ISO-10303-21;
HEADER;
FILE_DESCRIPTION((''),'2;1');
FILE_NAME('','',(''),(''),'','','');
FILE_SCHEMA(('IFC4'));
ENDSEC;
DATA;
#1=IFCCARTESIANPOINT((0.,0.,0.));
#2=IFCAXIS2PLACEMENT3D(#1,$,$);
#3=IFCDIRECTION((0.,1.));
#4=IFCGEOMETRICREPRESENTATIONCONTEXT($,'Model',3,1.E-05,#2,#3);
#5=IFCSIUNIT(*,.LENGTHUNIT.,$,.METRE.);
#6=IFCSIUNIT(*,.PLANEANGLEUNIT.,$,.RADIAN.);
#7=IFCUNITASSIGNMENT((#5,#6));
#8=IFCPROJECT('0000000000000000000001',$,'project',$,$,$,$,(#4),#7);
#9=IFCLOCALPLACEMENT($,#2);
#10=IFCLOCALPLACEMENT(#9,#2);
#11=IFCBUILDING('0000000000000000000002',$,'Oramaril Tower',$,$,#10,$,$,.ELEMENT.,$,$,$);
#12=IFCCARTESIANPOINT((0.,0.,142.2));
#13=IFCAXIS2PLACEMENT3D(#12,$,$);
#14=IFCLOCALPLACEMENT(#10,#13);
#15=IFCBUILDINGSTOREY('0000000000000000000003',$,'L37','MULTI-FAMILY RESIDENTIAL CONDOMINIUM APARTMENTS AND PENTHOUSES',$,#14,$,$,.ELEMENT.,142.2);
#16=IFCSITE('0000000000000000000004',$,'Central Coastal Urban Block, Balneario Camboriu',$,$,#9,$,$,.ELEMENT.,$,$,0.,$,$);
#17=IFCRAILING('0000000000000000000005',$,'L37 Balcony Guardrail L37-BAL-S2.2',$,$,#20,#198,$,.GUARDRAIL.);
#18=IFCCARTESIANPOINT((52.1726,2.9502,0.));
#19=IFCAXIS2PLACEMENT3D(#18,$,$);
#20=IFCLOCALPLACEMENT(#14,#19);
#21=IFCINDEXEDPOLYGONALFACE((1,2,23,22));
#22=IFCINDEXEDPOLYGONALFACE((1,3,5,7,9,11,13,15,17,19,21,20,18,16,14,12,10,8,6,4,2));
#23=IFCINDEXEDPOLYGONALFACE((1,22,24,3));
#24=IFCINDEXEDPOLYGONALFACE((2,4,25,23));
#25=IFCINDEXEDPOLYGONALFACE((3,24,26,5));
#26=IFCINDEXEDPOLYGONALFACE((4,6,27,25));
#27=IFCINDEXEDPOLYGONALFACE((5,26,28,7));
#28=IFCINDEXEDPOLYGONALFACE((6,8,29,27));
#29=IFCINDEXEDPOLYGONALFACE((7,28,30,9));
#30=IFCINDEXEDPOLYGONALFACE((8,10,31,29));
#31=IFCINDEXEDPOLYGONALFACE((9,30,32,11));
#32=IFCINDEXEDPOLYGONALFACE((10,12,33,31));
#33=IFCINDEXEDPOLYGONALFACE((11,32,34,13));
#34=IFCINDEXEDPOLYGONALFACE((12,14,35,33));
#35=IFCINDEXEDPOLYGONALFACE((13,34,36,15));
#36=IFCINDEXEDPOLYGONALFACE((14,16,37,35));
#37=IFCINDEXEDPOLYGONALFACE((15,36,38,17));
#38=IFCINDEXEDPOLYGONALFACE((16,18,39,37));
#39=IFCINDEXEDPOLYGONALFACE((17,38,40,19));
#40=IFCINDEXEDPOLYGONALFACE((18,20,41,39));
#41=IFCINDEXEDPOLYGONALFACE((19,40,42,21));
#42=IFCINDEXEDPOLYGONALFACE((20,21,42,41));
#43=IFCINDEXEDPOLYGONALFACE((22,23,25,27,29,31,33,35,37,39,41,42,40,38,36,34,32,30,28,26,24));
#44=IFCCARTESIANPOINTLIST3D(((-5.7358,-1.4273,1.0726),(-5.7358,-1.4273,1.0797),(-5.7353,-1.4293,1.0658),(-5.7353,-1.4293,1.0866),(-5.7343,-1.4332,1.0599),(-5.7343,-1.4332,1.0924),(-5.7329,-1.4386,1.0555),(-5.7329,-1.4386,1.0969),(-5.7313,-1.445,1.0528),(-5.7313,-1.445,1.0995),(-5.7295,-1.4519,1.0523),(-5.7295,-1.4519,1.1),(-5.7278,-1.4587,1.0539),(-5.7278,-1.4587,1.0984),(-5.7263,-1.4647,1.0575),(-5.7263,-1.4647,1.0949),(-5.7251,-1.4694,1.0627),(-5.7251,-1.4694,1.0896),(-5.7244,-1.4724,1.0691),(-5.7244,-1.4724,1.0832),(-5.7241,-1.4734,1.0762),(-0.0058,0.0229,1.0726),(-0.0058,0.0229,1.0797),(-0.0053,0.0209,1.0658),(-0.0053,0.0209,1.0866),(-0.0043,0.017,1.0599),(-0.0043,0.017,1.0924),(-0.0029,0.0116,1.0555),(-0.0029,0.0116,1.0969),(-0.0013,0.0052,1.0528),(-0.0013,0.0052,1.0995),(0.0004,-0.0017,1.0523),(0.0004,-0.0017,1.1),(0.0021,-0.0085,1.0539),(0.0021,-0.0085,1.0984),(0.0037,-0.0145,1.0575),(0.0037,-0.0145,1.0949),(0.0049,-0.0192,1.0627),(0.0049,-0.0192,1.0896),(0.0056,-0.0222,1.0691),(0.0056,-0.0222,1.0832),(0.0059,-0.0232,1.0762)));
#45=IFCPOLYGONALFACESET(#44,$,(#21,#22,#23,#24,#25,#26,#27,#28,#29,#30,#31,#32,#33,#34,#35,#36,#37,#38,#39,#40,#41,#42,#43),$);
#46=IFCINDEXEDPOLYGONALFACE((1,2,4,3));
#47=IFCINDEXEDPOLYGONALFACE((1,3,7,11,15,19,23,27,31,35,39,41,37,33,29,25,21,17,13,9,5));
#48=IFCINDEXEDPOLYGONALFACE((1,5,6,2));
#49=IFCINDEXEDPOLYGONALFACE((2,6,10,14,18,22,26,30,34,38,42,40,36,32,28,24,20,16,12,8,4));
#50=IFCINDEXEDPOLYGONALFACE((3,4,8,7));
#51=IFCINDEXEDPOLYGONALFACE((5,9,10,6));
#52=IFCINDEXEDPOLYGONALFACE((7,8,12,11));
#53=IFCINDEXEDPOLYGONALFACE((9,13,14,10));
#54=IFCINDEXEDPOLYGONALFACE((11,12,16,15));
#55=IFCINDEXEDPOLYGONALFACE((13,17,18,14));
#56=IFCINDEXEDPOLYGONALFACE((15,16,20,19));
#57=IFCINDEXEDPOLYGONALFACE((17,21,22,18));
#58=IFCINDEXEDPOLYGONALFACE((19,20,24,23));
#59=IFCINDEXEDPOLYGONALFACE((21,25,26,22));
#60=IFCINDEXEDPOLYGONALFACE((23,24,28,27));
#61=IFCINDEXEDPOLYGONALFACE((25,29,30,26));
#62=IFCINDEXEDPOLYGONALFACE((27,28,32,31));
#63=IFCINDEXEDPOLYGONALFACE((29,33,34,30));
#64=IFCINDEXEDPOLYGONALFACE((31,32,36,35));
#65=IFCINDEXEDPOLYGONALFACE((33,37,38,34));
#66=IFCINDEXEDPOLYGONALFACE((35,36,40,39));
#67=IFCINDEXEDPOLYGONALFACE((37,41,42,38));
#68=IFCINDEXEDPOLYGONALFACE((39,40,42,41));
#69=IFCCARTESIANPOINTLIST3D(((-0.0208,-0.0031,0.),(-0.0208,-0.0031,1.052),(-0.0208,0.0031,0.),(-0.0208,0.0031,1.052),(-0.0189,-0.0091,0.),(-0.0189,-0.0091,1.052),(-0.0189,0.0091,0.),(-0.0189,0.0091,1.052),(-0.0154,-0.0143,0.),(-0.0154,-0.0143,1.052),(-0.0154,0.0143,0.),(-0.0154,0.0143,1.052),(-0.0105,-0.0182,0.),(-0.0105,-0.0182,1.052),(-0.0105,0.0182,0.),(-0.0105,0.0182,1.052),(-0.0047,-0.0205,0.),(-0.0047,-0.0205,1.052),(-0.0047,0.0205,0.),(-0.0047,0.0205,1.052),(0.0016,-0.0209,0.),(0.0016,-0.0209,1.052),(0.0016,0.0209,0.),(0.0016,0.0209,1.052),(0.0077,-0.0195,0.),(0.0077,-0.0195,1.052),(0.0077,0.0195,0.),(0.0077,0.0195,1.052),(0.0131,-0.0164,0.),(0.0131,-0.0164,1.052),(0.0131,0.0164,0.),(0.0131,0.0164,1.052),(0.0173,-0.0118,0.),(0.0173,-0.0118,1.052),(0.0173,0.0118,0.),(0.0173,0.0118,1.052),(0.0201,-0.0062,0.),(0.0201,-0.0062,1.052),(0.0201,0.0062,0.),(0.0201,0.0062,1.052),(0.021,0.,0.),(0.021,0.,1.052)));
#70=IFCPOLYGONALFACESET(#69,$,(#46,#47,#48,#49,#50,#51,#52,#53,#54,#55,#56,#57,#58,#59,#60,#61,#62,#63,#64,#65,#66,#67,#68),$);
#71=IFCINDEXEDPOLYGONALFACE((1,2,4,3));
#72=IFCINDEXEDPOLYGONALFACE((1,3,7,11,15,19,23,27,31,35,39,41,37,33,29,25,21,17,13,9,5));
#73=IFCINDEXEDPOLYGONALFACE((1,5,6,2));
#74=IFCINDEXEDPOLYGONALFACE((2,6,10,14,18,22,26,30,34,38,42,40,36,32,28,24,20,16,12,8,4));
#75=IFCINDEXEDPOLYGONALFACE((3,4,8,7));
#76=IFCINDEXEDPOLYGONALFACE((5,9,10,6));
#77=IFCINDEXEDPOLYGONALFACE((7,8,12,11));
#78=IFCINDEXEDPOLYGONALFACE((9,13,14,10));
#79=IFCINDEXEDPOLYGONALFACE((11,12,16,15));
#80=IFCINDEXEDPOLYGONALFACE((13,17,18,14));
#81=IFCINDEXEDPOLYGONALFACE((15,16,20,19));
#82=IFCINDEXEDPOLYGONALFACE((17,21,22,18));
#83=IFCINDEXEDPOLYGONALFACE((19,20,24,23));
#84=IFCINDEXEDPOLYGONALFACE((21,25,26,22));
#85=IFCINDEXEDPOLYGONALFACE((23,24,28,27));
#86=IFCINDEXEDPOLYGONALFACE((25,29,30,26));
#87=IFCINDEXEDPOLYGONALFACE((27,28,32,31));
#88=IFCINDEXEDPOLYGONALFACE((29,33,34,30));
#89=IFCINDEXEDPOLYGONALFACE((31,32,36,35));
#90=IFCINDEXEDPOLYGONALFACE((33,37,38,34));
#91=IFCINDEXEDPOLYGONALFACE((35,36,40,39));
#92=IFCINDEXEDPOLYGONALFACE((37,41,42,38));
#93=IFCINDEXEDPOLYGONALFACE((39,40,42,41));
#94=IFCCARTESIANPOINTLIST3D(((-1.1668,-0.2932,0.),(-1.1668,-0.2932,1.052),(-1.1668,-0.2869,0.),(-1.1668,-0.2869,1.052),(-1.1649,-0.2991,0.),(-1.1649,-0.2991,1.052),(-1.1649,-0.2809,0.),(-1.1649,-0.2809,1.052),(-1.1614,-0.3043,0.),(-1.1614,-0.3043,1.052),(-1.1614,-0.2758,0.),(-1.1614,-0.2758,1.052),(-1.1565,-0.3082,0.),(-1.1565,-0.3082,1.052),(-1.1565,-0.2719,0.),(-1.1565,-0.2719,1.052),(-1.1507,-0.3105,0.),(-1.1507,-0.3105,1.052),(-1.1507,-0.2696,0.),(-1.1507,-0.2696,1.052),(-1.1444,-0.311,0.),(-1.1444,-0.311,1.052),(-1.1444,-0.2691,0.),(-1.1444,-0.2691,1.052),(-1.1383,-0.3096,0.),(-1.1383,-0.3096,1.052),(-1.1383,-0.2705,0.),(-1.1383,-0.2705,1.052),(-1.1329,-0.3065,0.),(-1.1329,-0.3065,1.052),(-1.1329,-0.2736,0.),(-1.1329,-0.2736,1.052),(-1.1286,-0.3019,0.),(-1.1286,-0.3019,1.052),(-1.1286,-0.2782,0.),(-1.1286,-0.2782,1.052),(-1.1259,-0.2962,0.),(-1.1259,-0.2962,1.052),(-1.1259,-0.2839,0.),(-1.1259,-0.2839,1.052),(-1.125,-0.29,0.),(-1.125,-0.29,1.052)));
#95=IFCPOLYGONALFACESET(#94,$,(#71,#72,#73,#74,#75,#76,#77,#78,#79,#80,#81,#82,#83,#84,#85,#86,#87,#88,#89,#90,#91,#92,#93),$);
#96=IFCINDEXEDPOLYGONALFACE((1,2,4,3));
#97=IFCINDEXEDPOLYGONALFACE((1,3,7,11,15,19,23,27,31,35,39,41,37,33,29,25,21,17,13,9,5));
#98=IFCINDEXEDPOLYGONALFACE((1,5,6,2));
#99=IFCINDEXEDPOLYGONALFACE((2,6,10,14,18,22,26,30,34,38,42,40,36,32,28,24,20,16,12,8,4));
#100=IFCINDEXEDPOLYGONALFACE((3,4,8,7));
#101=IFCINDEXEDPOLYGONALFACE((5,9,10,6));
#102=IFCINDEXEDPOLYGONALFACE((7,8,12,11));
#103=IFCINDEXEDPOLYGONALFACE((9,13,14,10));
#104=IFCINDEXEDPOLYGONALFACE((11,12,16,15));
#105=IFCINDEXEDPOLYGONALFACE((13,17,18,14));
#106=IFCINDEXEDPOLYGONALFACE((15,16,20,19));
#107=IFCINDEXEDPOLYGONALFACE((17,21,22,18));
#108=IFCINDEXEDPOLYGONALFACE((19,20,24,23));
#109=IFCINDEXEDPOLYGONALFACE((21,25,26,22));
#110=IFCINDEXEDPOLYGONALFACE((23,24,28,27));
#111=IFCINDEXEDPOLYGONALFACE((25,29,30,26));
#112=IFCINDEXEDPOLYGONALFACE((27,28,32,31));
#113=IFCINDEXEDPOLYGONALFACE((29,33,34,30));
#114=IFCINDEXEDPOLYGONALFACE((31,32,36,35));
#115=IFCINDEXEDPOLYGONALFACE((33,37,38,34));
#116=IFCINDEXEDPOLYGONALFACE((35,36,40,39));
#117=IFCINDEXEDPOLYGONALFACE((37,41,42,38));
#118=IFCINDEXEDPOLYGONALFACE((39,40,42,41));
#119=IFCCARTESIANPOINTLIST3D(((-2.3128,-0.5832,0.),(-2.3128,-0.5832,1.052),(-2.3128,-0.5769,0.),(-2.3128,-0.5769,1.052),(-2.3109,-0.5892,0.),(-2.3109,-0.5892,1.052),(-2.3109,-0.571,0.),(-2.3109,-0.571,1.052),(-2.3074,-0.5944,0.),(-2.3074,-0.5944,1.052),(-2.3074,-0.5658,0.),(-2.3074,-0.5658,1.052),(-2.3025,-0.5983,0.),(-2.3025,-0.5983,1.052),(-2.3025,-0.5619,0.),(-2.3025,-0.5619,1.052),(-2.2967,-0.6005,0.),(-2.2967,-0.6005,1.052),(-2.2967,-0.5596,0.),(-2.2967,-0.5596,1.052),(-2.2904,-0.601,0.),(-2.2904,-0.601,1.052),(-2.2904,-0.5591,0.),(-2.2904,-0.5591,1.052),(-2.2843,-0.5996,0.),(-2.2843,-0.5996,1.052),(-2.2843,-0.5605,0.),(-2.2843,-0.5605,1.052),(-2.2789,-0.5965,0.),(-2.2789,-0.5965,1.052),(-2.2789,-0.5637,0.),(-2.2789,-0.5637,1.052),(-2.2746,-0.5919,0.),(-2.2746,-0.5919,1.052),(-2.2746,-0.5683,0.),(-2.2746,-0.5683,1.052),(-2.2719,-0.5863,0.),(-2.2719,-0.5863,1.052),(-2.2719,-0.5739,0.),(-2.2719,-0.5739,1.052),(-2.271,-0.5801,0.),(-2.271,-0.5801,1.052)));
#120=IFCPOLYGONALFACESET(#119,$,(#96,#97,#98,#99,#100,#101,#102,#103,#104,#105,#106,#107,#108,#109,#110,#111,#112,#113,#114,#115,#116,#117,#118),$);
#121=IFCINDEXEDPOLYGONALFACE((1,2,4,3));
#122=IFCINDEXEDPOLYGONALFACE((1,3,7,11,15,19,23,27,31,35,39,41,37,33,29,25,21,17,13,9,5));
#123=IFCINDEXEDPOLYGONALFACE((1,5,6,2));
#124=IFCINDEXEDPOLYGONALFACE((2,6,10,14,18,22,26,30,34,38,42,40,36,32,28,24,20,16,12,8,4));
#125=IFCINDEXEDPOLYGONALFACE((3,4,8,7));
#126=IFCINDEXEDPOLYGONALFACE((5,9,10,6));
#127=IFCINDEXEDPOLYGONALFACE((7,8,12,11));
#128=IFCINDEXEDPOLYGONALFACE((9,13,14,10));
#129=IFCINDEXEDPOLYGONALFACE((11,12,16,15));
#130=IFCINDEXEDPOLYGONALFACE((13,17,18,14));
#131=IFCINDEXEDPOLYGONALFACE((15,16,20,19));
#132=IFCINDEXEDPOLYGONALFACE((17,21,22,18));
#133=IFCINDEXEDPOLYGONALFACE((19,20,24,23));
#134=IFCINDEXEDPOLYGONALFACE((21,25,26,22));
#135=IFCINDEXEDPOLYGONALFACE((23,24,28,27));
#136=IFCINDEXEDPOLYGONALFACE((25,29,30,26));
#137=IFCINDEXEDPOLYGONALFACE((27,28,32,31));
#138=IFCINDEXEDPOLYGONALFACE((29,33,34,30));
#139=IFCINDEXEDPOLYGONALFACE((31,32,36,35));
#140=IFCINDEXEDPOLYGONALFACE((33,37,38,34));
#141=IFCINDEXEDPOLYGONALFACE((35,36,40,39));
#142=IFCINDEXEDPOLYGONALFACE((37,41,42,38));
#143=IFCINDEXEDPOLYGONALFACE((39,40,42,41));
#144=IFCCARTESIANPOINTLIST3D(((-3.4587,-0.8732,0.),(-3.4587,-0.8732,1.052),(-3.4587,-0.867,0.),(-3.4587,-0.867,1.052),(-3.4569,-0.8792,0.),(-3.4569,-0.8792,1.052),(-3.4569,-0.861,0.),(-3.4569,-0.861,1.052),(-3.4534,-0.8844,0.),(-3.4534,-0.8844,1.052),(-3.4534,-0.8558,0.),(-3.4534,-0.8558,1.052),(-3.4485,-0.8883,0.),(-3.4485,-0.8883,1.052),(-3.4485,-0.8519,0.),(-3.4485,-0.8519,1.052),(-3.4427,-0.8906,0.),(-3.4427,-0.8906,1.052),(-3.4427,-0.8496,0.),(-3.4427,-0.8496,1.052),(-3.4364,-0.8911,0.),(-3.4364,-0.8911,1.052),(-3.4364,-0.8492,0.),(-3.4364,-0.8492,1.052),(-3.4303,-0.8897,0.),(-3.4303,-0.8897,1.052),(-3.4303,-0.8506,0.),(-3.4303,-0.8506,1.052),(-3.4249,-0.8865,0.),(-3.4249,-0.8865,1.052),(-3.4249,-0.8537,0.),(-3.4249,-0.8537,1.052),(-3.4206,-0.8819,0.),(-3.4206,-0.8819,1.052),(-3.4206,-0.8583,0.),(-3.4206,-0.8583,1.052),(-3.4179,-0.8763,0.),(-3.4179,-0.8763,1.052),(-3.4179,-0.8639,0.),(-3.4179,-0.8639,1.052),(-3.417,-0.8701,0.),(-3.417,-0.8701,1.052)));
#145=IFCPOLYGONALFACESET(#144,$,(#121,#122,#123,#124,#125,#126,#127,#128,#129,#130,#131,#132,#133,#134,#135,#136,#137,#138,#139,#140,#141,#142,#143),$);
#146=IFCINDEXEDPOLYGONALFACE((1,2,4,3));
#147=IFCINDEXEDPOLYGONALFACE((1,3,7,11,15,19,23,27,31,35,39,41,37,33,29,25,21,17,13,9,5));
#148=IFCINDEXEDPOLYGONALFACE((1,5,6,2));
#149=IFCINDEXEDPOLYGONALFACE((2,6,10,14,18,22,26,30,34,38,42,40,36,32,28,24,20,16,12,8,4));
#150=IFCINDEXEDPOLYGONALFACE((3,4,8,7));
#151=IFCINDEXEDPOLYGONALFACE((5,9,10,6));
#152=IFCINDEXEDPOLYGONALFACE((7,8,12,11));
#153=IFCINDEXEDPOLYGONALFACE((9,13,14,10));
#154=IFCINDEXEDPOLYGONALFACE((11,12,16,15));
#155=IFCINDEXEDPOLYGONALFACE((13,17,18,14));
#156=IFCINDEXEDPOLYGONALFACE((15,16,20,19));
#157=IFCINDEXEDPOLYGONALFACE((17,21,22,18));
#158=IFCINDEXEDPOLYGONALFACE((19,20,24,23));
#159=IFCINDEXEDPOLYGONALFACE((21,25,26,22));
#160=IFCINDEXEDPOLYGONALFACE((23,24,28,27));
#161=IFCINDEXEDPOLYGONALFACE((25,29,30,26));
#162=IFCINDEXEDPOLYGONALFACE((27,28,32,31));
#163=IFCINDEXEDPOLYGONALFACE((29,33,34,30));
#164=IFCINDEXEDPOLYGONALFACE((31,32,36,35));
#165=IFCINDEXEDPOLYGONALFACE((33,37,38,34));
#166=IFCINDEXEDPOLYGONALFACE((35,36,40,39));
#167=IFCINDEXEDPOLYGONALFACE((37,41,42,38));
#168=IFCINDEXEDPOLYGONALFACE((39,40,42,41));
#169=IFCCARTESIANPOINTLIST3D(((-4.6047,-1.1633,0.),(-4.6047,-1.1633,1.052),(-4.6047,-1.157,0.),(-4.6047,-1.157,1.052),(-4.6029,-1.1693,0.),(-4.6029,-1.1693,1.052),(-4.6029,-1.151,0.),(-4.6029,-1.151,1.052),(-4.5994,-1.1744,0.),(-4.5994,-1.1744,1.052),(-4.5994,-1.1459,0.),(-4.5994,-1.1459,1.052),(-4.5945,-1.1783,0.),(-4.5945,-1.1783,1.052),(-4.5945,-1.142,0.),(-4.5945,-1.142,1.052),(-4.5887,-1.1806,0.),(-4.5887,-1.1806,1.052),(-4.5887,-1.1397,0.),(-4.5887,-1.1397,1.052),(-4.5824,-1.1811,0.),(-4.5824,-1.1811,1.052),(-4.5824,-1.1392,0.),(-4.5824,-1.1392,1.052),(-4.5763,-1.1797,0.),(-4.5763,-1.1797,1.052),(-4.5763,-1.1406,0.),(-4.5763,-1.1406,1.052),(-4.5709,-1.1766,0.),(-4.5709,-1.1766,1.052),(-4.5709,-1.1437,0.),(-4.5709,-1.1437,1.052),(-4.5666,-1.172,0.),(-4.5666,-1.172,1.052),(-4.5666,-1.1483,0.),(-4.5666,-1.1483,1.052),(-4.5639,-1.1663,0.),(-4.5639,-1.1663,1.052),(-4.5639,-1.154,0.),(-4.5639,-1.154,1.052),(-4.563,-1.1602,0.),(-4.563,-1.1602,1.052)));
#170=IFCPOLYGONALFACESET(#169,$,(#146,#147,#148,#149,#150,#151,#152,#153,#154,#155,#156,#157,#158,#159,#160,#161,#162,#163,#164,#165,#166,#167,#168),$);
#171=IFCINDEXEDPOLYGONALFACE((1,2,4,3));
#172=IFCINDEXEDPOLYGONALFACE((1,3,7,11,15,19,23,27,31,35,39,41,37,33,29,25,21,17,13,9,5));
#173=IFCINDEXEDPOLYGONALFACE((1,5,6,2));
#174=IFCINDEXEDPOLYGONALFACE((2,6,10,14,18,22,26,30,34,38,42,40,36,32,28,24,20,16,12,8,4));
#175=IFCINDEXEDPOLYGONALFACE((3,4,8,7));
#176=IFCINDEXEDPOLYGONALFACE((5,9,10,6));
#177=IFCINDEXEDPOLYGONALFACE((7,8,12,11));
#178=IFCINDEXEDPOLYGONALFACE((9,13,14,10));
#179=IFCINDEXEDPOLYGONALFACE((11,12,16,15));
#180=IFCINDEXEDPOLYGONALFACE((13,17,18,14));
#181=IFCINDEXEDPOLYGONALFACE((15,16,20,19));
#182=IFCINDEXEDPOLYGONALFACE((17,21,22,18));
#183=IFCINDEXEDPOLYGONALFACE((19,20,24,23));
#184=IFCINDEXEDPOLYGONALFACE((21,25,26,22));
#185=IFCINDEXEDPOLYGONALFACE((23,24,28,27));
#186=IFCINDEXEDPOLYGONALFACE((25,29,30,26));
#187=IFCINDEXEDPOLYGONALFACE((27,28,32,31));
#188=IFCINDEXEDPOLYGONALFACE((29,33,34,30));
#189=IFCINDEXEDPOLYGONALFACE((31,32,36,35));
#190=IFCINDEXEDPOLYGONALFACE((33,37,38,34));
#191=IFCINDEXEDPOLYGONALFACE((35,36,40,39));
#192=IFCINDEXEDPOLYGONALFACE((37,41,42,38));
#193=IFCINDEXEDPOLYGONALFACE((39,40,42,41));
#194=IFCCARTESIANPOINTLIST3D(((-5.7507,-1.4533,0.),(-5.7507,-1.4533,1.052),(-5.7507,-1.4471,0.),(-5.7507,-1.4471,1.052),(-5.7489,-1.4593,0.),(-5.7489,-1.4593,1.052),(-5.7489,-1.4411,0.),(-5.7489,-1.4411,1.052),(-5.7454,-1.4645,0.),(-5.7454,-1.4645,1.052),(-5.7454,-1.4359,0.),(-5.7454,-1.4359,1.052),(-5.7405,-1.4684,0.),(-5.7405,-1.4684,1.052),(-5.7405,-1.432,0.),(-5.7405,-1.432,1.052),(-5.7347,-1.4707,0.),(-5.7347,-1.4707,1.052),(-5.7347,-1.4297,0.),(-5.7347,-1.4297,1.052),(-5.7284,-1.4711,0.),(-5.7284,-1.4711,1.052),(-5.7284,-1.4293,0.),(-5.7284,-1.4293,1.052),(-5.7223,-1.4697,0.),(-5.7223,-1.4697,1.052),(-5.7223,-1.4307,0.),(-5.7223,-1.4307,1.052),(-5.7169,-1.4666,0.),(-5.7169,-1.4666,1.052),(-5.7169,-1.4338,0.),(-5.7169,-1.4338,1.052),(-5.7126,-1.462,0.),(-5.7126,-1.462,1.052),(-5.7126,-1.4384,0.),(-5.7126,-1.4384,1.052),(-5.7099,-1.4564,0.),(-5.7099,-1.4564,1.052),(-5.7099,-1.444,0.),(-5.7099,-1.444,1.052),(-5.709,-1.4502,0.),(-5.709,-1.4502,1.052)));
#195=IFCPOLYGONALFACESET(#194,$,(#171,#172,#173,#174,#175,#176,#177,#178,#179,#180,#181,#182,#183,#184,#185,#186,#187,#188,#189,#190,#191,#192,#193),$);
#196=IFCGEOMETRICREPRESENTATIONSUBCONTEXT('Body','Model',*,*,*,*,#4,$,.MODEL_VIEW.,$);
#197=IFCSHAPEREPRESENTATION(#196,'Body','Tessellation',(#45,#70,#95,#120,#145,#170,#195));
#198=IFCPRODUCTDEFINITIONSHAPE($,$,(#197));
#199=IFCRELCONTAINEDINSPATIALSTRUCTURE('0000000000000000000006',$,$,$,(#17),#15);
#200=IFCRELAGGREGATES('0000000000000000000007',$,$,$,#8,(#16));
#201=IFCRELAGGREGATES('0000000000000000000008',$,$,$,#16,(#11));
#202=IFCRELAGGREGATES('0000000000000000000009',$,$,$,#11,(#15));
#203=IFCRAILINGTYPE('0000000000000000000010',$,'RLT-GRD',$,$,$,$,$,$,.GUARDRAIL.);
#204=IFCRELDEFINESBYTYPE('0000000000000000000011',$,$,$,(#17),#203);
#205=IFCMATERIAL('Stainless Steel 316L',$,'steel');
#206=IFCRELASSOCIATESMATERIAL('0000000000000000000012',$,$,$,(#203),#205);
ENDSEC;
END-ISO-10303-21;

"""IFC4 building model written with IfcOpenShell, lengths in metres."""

from ifc_helpers import new_model, si_unit, direction, frame, origin, origin_2d, place, context, subcontext, project, spatial, circle, extrude, material, type_object, element, save


model = new_model("IFC4")

# Units and contexts
model_context = context("Model", 3, precision=1e-05, world=origin(), true_north=direction((0.0, 1.0)))
body_context = subcontext(model_context, "Body", "Model", "MODEL_VIEW")
ifc_project = project(units=[si_unit("LENGTHUNIT", "METRE"), si_unit("PLANEANGLEUNIT", "RADIAN")], contexts=[model_context])

# Site, building, storey
site_placement = place(None, origin())
site = spatial("IfcSite", under=ifc_project, at=site_placement, Name="Central Coastal Urban Block, Balneario Camboriu", CompositionType="ELEMENT", RefElevation=0.0)
building_placement = place(site_placement, origin())
building = spatial("IfcBuilding", under=site, at=building_placement, Name="Oramaril Tower", CompositionType="ELEMENT")
storey_placement = place(building_placement, frame((0.0, 0.0, 142.2)))
storey = spatial("IfcBuildingStorey", under=building, at=storey_placement, Name="L37", Description="MULTI-FAMILY RESIDENTIAL CONDOMINIUM APARTMENTS AND PENTHOUSES", CompositionType="ELEMENT", Elevation=142.2)

# Railing
ifc_material_1 = material(Name="Stainless Steel 316L", Category="steel")
railing_type = type_object("IfcRailingType", Name="RLT-GRD", PredefinedType="GUARDRAIL", material=ifc_material_1)
railing_1_placement = place(storey_placement, frame((52.1726, 2.9502, 0.0)))
element("IfcRailing", 1, at=railing_1_placement, inside=storey, type_object=railing_type, Name="L37 Balcony Guardrail L37-BAL-S2.2", PredefinedType="GUARDRAIL", context=body_context, shape_type="SweptSolid", body=[
    extrude(circle(Radius=0.0239, at=origin_2d()), frame((0.0, 0.0, 1.0762), z_axis=(-0.969434, -0.245353, 0.0), x_axis=(0.245353, -0.969434, 0.0)), (0.0, 0.0, 1.0), 5.9106),
    extrude(circle(Radius=0.021, at=origin_2d()), origin(), (0.0, 0.0, 1.0), 1.052),
    extrude(circle(Radius=0.021, at=origin_2d()), frame((-1.146, -0.29, 0.0)), (0.0, 0.0, 1.0), 1.052),
    extrude(circle(Radius=0.021, at=origin_2d()), frame((-2.292, -0.5801, 0.0)), (0.0, 0.0, 1.0), 1.052),
    extrude(circle(Radius=0.021, at=origin_2d()), frame((-3.438, -0.8701, 0.0)), (0.0, 0.0, 1.0), 1.052),
    extrude(circle(Radius=0.021, at=origin_2d()), frame((-4.584, -1.1602, 0.0)), (0.0, 0.0, 1.0), 1.052),
    extrude(circle(Radius=0.021, at=origin_2d()), frame((-5.73, -1.4502, 0.0)), (0.0, 0.0, 1.0), 1.052),
])

save(model, "model.ifc")
